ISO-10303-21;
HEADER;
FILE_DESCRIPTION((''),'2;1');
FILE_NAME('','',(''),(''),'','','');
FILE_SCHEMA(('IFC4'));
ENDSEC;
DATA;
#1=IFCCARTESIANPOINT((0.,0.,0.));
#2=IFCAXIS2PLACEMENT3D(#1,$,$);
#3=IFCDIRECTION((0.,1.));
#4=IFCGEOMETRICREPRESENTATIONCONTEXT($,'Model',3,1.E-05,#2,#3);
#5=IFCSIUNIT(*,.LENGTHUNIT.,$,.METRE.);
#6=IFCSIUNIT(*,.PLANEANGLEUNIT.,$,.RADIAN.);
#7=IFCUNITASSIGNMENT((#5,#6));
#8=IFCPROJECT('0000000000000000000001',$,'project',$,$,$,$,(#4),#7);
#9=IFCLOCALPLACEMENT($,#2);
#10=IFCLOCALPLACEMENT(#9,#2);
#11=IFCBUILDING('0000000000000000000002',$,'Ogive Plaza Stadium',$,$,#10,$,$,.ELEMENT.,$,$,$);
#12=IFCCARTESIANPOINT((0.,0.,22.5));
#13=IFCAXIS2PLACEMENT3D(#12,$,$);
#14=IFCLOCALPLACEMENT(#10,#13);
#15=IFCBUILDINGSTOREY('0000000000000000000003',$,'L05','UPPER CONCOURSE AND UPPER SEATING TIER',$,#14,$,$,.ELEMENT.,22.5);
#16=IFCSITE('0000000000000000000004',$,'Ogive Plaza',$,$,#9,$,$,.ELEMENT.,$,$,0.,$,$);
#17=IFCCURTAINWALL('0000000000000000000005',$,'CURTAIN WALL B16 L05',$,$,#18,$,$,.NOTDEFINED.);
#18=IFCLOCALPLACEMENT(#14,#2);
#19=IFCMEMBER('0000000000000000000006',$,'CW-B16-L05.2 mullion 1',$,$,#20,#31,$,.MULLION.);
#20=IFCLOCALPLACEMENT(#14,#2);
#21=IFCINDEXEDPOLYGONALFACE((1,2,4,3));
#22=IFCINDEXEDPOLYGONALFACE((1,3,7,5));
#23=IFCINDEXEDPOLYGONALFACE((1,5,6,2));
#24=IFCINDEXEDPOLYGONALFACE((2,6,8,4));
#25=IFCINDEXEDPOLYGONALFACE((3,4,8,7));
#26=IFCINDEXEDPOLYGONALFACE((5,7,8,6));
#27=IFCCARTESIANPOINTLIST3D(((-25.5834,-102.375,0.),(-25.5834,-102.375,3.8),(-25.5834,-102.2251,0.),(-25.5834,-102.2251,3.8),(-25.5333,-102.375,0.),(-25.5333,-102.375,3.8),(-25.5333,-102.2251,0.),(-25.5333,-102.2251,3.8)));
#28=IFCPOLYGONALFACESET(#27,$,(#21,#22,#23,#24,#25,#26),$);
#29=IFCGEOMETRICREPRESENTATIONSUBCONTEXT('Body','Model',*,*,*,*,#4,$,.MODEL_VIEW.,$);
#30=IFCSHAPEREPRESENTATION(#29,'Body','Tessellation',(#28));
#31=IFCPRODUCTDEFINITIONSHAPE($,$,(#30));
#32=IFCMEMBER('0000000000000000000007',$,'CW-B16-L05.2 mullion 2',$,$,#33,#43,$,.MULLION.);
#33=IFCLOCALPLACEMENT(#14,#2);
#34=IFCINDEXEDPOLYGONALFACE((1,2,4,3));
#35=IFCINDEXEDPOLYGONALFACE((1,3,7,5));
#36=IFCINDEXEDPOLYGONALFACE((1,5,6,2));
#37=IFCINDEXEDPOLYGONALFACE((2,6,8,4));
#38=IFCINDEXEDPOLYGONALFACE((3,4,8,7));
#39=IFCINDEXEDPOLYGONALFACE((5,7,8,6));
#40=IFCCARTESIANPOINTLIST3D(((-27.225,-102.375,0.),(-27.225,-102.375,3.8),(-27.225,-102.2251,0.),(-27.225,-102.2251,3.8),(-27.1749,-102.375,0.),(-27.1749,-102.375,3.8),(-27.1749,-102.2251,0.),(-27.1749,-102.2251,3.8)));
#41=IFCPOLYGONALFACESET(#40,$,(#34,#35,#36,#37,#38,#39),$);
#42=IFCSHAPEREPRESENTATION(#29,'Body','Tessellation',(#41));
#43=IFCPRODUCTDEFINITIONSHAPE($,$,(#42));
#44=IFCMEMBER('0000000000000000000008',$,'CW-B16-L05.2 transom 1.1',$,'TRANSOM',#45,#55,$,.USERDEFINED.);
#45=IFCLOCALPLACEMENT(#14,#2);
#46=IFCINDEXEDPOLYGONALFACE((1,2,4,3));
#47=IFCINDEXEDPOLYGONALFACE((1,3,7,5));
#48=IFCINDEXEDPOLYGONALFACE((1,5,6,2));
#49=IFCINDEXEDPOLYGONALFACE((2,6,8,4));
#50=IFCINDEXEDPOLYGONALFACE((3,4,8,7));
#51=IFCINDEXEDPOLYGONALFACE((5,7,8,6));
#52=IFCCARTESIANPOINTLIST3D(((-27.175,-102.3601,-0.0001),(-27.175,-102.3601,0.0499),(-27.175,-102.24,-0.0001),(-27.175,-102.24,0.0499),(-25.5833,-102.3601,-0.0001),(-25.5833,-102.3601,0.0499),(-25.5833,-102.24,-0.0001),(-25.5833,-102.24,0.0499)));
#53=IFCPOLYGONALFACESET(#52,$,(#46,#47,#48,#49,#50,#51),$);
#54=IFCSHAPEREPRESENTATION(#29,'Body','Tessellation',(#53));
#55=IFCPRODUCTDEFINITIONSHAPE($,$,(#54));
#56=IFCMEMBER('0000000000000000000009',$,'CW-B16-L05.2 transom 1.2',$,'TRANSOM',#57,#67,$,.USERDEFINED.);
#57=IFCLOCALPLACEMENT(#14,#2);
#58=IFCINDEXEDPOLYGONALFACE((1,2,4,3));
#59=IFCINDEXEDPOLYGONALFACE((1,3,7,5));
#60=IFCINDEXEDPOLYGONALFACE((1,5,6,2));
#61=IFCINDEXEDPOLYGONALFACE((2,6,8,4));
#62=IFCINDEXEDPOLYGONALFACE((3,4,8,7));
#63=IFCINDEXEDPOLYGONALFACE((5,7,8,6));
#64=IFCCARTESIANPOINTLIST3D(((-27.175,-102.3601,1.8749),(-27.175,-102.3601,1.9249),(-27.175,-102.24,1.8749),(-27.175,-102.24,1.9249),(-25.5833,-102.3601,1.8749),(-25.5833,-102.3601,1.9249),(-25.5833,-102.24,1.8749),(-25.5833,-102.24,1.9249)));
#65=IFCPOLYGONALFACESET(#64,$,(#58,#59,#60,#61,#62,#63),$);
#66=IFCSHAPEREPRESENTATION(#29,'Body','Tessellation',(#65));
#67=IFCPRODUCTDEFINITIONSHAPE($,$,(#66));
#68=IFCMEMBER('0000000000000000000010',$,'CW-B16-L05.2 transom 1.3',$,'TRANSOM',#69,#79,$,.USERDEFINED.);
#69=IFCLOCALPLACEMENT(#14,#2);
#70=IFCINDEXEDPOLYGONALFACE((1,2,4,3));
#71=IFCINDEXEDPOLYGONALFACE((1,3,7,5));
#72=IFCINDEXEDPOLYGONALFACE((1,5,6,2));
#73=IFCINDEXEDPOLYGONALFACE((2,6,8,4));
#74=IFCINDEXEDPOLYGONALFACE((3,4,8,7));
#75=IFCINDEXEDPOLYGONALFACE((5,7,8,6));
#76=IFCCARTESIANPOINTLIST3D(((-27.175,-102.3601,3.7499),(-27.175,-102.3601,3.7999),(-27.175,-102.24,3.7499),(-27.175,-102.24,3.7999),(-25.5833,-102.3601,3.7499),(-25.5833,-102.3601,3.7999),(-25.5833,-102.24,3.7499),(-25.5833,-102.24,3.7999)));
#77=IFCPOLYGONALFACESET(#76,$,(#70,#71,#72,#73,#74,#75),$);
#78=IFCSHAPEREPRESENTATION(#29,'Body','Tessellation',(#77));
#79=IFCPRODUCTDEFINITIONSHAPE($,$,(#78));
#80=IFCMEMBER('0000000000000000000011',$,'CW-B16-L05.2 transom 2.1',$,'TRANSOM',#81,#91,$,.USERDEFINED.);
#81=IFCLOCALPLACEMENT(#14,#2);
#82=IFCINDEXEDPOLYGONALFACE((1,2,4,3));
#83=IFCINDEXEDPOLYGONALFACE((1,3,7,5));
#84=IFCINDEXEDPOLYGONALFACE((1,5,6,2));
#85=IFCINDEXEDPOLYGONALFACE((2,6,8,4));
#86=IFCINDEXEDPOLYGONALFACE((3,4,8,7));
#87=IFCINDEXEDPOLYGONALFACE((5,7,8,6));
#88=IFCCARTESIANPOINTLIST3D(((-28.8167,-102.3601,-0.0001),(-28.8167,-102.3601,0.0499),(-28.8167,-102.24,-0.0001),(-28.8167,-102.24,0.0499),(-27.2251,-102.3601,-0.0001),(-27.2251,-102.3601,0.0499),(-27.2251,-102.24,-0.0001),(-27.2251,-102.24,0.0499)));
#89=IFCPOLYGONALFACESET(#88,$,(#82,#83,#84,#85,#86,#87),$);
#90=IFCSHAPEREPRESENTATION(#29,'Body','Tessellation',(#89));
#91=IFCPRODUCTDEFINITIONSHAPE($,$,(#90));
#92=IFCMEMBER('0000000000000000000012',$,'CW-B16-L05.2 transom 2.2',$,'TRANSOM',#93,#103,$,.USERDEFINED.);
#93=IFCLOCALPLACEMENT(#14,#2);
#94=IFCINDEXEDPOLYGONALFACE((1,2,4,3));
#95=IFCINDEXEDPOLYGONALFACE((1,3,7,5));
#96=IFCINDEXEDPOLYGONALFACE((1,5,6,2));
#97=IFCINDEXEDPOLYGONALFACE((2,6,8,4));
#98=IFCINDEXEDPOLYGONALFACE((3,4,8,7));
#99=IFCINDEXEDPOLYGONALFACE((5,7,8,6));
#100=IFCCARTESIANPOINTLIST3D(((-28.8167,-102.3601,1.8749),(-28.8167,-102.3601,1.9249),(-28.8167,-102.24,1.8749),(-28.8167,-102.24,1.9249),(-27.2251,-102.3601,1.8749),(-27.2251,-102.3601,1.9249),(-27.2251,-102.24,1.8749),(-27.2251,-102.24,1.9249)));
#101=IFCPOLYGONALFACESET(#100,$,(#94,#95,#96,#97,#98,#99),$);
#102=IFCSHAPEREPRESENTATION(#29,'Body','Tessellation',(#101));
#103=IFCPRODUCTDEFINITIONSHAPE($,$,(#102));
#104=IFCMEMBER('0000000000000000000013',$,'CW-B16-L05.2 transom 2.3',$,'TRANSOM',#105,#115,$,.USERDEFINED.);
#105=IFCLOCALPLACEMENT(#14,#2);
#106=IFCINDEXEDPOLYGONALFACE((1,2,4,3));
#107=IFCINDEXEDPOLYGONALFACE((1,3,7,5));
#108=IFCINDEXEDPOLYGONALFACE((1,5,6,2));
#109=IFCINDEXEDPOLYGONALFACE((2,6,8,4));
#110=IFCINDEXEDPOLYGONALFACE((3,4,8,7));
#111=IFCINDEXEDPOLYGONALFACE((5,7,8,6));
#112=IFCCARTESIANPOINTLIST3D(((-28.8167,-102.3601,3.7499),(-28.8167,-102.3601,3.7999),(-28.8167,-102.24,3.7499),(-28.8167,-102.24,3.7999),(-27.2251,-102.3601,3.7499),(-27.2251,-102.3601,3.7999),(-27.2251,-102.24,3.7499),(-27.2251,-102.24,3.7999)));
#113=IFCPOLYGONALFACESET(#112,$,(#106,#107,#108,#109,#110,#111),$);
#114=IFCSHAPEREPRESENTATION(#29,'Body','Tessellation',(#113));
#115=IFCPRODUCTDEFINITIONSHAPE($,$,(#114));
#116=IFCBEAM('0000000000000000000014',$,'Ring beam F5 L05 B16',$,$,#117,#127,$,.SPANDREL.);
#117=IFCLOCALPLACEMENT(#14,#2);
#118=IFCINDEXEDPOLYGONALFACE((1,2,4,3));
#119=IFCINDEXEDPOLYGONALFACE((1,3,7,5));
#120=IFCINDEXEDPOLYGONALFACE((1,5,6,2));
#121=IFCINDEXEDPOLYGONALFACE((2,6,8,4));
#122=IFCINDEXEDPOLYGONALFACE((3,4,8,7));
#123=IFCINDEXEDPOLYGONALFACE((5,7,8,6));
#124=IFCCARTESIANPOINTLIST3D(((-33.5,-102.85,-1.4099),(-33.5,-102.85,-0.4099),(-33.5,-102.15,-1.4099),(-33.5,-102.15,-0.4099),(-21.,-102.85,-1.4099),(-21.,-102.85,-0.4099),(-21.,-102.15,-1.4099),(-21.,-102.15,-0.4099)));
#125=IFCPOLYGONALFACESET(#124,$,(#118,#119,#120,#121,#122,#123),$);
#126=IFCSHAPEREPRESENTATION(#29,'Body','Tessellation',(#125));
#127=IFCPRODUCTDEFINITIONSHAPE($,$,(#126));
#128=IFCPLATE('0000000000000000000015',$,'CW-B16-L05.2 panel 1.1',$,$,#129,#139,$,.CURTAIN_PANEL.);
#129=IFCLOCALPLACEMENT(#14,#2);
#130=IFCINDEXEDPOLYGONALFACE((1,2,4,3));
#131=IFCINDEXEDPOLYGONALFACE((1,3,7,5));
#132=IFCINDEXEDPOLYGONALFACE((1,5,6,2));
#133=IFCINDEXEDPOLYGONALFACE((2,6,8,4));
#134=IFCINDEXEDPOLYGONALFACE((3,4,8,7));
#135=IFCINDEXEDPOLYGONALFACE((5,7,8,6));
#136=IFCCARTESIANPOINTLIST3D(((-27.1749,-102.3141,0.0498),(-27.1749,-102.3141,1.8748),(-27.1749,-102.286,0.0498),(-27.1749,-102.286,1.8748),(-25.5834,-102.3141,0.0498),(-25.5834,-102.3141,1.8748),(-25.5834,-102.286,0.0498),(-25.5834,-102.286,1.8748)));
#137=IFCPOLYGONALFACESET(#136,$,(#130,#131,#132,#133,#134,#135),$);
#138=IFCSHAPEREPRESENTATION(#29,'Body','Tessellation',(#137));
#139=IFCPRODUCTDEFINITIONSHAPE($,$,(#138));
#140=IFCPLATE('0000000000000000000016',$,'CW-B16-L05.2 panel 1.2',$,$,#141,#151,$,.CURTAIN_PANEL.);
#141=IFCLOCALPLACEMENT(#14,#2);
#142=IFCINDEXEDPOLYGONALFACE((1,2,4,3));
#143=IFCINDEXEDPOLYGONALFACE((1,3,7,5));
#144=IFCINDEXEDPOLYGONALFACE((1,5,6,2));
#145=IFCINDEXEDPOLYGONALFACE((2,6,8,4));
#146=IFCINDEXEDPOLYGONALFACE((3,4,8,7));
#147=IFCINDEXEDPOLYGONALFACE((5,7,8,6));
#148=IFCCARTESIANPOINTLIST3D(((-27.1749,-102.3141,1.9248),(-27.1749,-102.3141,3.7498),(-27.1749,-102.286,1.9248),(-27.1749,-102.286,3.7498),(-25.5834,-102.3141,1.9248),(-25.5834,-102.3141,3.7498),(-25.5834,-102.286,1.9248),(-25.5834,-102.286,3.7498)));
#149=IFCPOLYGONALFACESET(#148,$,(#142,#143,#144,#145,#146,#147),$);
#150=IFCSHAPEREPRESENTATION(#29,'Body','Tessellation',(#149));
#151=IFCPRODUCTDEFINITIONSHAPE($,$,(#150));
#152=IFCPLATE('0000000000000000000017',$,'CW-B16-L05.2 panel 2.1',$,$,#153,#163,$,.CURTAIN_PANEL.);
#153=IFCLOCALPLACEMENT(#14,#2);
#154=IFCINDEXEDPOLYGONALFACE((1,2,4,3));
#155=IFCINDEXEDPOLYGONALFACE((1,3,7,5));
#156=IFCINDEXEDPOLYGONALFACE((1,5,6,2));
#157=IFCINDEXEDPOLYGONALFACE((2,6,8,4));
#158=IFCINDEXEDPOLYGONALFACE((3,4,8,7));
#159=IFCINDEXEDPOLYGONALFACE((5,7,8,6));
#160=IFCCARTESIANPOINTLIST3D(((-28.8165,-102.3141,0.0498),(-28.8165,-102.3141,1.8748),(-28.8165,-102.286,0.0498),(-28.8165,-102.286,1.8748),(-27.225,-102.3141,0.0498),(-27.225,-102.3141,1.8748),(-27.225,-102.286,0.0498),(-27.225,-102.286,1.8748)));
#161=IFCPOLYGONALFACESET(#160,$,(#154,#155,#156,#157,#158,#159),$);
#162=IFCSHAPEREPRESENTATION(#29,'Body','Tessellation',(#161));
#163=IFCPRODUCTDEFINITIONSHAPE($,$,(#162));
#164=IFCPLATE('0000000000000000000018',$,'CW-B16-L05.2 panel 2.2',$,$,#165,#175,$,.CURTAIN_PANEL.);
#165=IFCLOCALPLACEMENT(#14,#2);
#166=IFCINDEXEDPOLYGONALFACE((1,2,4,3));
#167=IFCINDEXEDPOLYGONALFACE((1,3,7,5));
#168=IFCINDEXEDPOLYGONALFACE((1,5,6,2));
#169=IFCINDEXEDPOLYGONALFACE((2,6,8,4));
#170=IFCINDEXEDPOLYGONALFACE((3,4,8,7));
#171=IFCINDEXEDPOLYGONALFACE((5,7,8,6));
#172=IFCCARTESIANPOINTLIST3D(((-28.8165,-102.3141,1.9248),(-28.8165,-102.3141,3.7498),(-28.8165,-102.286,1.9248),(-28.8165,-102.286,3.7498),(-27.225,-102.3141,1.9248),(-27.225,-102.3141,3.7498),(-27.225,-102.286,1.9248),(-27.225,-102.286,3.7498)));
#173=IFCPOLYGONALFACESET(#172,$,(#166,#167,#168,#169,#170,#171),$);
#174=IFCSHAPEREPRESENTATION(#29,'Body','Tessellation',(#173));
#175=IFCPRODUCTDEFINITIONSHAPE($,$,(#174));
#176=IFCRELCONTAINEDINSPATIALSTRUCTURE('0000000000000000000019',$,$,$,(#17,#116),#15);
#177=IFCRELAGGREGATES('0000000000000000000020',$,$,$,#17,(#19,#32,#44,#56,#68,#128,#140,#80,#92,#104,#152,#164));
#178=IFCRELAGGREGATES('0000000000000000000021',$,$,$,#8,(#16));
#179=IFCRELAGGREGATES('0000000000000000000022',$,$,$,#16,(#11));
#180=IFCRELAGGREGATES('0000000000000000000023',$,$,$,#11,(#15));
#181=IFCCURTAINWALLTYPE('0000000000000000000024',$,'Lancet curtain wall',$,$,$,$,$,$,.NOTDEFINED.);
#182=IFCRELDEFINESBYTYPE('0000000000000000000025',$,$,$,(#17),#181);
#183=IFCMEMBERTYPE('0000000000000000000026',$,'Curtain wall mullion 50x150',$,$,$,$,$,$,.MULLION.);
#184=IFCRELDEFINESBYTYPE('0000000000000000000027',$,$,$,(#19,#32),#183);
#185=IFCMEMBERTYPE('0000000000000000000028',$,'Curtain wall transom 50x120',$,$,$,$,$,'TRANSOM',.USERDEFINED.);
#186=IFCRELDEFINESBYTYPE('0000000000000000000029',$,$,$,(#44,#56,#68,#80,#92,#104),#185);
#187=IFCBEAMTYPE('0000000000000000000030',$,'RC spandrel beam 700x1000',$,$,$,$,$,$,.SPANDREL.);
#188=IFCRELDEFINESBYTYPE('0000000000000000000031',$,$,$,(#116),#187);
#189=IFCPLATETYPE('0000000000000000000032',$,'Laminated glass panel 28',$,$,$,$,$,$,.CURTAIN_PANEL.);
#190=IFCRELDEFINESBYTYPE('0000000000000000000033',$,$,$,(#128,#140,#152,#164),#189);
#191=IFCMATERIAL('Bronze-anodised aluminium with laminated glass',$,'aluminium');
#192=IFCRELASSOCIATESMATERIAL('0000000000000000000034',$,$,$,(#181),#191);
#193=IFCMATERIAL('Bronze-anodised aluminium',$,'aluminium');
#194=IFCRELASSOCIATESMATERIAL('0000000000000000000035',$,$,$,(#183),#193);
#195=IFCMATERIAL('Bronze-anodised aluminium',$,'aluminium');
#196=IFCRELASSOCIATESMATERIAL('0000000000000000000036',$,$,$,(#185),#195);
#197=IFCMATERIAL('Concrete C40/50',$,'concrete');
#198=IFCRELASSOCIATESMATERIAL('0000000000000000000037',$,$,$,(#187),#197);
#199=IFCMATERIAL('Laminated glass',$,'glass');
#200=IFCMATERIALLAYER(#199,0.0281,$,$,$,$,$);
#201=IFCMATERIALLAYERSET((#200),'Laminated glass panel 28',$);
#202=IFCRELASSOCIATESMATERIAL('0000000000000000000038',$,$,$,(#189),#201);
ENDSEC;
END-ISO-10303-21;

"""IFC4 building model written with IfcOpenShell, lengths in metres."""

from ifc_helpers import new_model, si_unit, direction, frame, origin, origin_2d, place, context, subcontext, project, spatial, rectangle, extrude, material, layer, layer_set, material_profile, profile_set, type_object, element, aggregate, save


model = new_model("IFC4")

# Units and contexts
model_context = context("Model", 3, precision=1e-05, world=origin(), true_north=direction((0.0, 1.0)))
body_context = subcontext(model_context, "Body", "Model", "MODEL_VIEW")
ifc_project = project(units=[si_unit("LENGTHUNIT", "METRE"), si_unit("PLANEANGLEUNIT", "RADIAN")], contexts=[model_context])

# Site, building, storey
site_placement = place(None, origin())
site = spatial("IfcSite", under=ifc_project, at=site_placement, Name="Ogive Plaza", CompositionType="ELEMENT", RefElevation=0.0)
building_placement = place(site_placement, origin())
building = spatial("IfcBuilding", under=site, at=building_placement, Name="Ogive Plaza Stadium", CompositionType="ELEMENT")
storey_placement = place(building_placement, frame((0.0, 0.0, 22.5)))
storey = spatial("IfcBuildingStorey", under=building, at=storey_placement, Name="L05", Description="UPPER CONCOURSE AND UPPER SEATING TIER", CompositionType="ELEMENT", Elevation=22.5)

# Curtain wall, members
ifc_material_1 = material(Name="Bronze-anodised aluminium with laminated glass", Category="aluminium")
curtain_wall_type = type_object("IfcCurtainWallType", Name="Lancet curtain wall", PredefinedType="NOTDEFINED", material=ifc_material_1)
curtain_wall_placement = place(storey_placement, origin())
curtain_wall = element("IfcCurtainWall", 1, at=curtain_wall_placement, inside=storey, type_object=curtain_wall_type, Name="CURTAIN WALL B16 L05", PredefinedType="NOTDEFINED")
ifc_material_2 = material(Name="Bronze-anodised aluminium", Category="aluminium")
ifc_material_profile_1 = material_profile(ifc_material_2, rectangle(XDim=0.1499, YDim=0.05, at=origin_2d()), Name="AL 150x50")
ifc_profile_set_1 = profile_set([ifc_material_profile_1], Name="Bronze-anodised aluminium")
member_type_1 = type_object("IfcMemberType", Name="Curtain wall mullion 50x150", PredefinedType="MULLION", material=ifc_profile_set_1)
member_1_placement = place(storey_placement, frame((-25.5583, -102.3, 0.0), z_axis=(0.0, 0.0, 1.0), x_axis=(0.0, -1.0, 0.0)))
member_1 = element("IfcMember", 2, at=member_1_placement, type_object=member_type_1, Name="CW-B16-L05.2 mullion 1", PredefinedType="MULLION", context=body_context, shape_type="SweptSolid", body=[
    extrude(rectangle(XDim=0.1499, YDim=0.05, at=origin_2d()), origin(), (0.0, 0.0, 1.0), 3.8),
])
member_2_placement = place(storey_placement, frame((-27.2, -102.3, 0.0), z_axis=(0.0, 0.0, 1.0), x_axis=(0.0, -1.0, 0.0)))
member_2 = element("IfcMember", 3, at=member_2_placement, type_object=member_type_1, Name="CW-B16-L05.2 mullion 2", PredefinedType="MULLION", context=body_context, shape_type="SweptSolid", body=[
    extrude(rectangle(XDim=0.1499, YDim=0.05, at=origin_2d()), origin(), (0.0, 0.0, 1.0), 3.8),
])
ifc_material_3 = material(Name="Bronze-anodised aluminium", Category="aluminium")
ifc_material_profile_2 = material_profile(ifc_material_3, rectangle(XDim=0.1201, YDim=0.05, at=origin_2d()), Name="AL 120x50")
ifc_profile_set_2 = profile_set([ifc_material_profile_2], Name="Bronze-anodised aluminium")
member_type_2 = type_object("IfcMemberType", Name="Curtain wall transom 50x120", ElementType="TRANSOM", PredefinedType="USERDEFINED", material=ifc_profile_set_2)
member_3_placement = place(storey_placement, frame((-25.5833, -102.3, 0.0249), z_axis=(-1.0, 0.0, 0.0), x_axis=(0.0, -1.0, 0.0)))
member_3 = element("IfcMember", 4, at=member_3_placement, type_object=member_type_2, Name="CW-B16-L05.2 transom 1.1", ObjectType="TRANSOM", PredefinedType="USERDEFINED", context=body_context, shape_type="SweptSolid", body=[
    extrude(rectangle(XDim=0.1201, YDim=0.05, at=origin_2d()), origin(), (0.0, 0.0, 1.0), 1.5918),
])
member_4_placement = place(storey_placement, frame((-25.5833, -102.3, 1.8999), z_axis=(-1.0, 0.0, 0.0), x_axis=(0.0, -1.0, 0.0)))
member_4 = element("IfcMember", 5, at=member_4_placement, type_object=member_type_2, Name="CW-B16-L05.2 transom 1.2", ObjectType="TRANSOM", PredefinedType="USERDEFINED", context=body_context, shape_type="SweptSolid", body=[
    extrude(rectangle(XDim=0.1201, YDim=0.05, at=origin_2d()), origin(), (0.0, 0.0, 1.0), 1.5918),
])
member_5_placement = place(storey_placement, frame((-25.5833, -102.3, 3.7749), z_axis=(-1.0, 0.0, 0.0), x_axis=(0.0, -1.0, 0.0)))
member_5 = element("IfcMember", 6, at=member_5_placement, type_object=member_type_2, Name="CW-B16-L05.2 transom 1.3", ObjectType="TRANSOM", PredefinedType="USERDEFINED", context=body_context, shape_type="SweptSolid", body=[
    extrude(rectangle(XDim=0.1201, YDim=0.05, at=origin_2d()), origin(), (0.0, 0.0, 1.0), 1.5918),
])
member_6_placement = place(storey_placement, frame((-27.2251, -102.3, 0.0249), z_axis=(-1.0, 0.0, 0.0), x_axis=(0.0, -1.0, 0.0)))
member_6 = element("IfcMember", 7, at=member_6_placement, type_object=member_type_2, Name="CW-B16-L05.2 transom 2.1", ObjectType="TRANSOM", PredefinedType="USERDEFINED", context=body_context, shape_type="SweptSolid", body=[
    extrude(rectangle(XDim=0.1201, YDim=0.05, at=origin_2d()), origin(), (0.0, 0.0, 1.0), 1.5916),
])
member_7_placement = place(storey_placement, frame((-27.2251, -102.3, 1.8999), z_axis=(-1.0, 0.0, 0.0), x_axis=(0.0, -1.0, 0.0)))
member_7 = element("IfcMember", 8, at=member_7_placement, type_object=member_type_2, Name="CW-B16-L05.2 transom 2.2", ObjectType="TRANSOM", PredefinedType="USERDEFINED", context=body_context, shape_type="SweptSolid", body=[
    extrude(rectangle(XDim=0.1201, YDim=0.05, at=origin_2d()), origin(), (0.0, 0.0, 1.0), 1.5916),
])
member_8_placement = place(storey_placement, frame((-27.2251, -102.3, 3.7749), z_axis=(-1.0, 0.0, 0.0), x_axis=(0.0, -1.0, 0.0)))
member_8 = element("IfcMember", 9, at=member_8_placement, type_object=member_type_2, Name="CW-B16-L05.2 transom 2.3", ObjectType="TRANSOM", PredefinedType="USERDEFINED", context=body_context, shape_type="SweptSolid", body=[
    extrude(rectangle(XDim=0.1201, YDim=0.05, at=origin_2d()), origin(), (0.0, 0.0, 1.0), 1.5916),
])

# Beam
ifc_material_4 = material(Name="Concrete C40/50", Category="concrete")
ifc_material_profile_3 = material_profile(ifc_material_4, rectangle(XDim=0.7, YDim=1.0, at=origin_2d()), Name="RC 700x1000")
ifc_profile_set_3 = profile_set([ifc_material_profile_3], Name="Concrete C40/50")
beam_type = type_object("IfcBeamType", Name="RC spandrel beam 700x1000", PredefinedType="SPANDREL", material=ifc_profile_set_3)
beam_placement = place(storey_placement, frame((-21.0, -102.5, -0.9099), z_axis=(-1.0, 0.0, 0.0), x_axis=(0.0, -1.0, 0.0)))
element("IfcBeam", 10, at=beam_placement, inside=storey, type_object=beam_type, Name="Ring beam F5 L05 B16", PredefinedType="SPANDREL", context=body_context, shape_type="SweptSolid", body=[
    extrude(rectangle(XDim=0.7, YDim=1.0, at=origin_2d()), origin(), (0.0, 0.0, 1.0), 12.5),
])

# Plates
ifc_material_5 = material(Name="Laminated glass", Category="glass")
ifc_layer_1 = layer(ifc_material_5, 0.0281)
ifc_layer_set_1 = layer_set([ifc_layer_1], Name="Laminated glass panel 28")
plate_type = type_object("IfcPlateType", Name="Laminated glass panel 28", PredefinedType="CURTAIN_PANEL", material=ifc_layer_set_1)
plate_1_placement = place(storey_placement, frame((-26.3792, -102.3, 0.0498), z_axis=(0.0, 0.0, 1.0), x_axis=(-1.0, 0.0, 0.0)))
plate_1 = element("IfcPlate", 11, at=plate_1_placement, type_object=plate_type, Name="CW-B16-L05.2 panel 1.1", PredefinedType="CURTAIN_PANEL", context=body_context, shape_type="SweptSolid", body=[
    extrude(rectangle(XDim=1.5916, YDim=0.0281, at=origin_2d()), origin(), (0.0, 0.0, 1.0), 1.825),
])
plate_2_placement = place(storey_placement, frame((-26.3792, -102.3, 1.9248), z_axis=(0.0, 0.0, 1.0), x_axis=(-1.0, 0.0, 0.0)))
plate_2 = element("IfcPlate", 12, at=plate_2_placement, type_object=plate_type, Name="CW-B16-L05.2 panel 1.2", PredefinedType="CURTAIN_PANEL", context=body_context, shape_type="SweptSolid", body=[
    extrude(rectangle(XDim=1.5916, YDim=0.0281, at=origin_2d()), origin(), (0.0, 0.0, 1.0), 1.825),
])
plate_3_placement = place(storey_placement, frame((-28.0208, -102.3, 0.0498), z_axis=(0.0, 0.0, 1.0), x_axis=(-1.0, 0.0, 0.0)))
plate_3 = element("IfcPlate", 13, at=plate_3_placement, type_object=plate_type, Name="CW-B16-L05.2 panel 2.1", PredefinedType="CURTAIN_PANEL", context=body_context, shape_type="SweptSolid", body=[
    extrude(rectangle(XDim=1.5916, YDim=0.0281, at=origin_2d()), origin(), (0.0, 0.0, 1.0), 1.825),
])
plate_4_placement = place(storey_placement, frame((-28.0208, -102.3, 1.9248), z_axis=(0.0, 0.0, 1.0), x_axis=(-1.0, 0.0, 0.0)))
plate_4 = element("IfcPlate", 14, at=plate_4_placement, type_object=plate_type, Name="CW-B16-L05.2 panel 2.2", PredefinedType="CURTAIN_PANEL", context=body_context, shape_type="SweptSolid", body=[
    extrude(rectangle(XDim=1.5916, YDim=0.0281, at=origin_2d()), origin(), (0.0, 0.0, 1.0), 1.825),
])
aggregate(curtain_wall, [member_1, member_2, member_3, member_4, member_5, plate_1, plate_2, member_6, member_7, member_8, plate_3, plate_4])

save(model, "model.ifc")
